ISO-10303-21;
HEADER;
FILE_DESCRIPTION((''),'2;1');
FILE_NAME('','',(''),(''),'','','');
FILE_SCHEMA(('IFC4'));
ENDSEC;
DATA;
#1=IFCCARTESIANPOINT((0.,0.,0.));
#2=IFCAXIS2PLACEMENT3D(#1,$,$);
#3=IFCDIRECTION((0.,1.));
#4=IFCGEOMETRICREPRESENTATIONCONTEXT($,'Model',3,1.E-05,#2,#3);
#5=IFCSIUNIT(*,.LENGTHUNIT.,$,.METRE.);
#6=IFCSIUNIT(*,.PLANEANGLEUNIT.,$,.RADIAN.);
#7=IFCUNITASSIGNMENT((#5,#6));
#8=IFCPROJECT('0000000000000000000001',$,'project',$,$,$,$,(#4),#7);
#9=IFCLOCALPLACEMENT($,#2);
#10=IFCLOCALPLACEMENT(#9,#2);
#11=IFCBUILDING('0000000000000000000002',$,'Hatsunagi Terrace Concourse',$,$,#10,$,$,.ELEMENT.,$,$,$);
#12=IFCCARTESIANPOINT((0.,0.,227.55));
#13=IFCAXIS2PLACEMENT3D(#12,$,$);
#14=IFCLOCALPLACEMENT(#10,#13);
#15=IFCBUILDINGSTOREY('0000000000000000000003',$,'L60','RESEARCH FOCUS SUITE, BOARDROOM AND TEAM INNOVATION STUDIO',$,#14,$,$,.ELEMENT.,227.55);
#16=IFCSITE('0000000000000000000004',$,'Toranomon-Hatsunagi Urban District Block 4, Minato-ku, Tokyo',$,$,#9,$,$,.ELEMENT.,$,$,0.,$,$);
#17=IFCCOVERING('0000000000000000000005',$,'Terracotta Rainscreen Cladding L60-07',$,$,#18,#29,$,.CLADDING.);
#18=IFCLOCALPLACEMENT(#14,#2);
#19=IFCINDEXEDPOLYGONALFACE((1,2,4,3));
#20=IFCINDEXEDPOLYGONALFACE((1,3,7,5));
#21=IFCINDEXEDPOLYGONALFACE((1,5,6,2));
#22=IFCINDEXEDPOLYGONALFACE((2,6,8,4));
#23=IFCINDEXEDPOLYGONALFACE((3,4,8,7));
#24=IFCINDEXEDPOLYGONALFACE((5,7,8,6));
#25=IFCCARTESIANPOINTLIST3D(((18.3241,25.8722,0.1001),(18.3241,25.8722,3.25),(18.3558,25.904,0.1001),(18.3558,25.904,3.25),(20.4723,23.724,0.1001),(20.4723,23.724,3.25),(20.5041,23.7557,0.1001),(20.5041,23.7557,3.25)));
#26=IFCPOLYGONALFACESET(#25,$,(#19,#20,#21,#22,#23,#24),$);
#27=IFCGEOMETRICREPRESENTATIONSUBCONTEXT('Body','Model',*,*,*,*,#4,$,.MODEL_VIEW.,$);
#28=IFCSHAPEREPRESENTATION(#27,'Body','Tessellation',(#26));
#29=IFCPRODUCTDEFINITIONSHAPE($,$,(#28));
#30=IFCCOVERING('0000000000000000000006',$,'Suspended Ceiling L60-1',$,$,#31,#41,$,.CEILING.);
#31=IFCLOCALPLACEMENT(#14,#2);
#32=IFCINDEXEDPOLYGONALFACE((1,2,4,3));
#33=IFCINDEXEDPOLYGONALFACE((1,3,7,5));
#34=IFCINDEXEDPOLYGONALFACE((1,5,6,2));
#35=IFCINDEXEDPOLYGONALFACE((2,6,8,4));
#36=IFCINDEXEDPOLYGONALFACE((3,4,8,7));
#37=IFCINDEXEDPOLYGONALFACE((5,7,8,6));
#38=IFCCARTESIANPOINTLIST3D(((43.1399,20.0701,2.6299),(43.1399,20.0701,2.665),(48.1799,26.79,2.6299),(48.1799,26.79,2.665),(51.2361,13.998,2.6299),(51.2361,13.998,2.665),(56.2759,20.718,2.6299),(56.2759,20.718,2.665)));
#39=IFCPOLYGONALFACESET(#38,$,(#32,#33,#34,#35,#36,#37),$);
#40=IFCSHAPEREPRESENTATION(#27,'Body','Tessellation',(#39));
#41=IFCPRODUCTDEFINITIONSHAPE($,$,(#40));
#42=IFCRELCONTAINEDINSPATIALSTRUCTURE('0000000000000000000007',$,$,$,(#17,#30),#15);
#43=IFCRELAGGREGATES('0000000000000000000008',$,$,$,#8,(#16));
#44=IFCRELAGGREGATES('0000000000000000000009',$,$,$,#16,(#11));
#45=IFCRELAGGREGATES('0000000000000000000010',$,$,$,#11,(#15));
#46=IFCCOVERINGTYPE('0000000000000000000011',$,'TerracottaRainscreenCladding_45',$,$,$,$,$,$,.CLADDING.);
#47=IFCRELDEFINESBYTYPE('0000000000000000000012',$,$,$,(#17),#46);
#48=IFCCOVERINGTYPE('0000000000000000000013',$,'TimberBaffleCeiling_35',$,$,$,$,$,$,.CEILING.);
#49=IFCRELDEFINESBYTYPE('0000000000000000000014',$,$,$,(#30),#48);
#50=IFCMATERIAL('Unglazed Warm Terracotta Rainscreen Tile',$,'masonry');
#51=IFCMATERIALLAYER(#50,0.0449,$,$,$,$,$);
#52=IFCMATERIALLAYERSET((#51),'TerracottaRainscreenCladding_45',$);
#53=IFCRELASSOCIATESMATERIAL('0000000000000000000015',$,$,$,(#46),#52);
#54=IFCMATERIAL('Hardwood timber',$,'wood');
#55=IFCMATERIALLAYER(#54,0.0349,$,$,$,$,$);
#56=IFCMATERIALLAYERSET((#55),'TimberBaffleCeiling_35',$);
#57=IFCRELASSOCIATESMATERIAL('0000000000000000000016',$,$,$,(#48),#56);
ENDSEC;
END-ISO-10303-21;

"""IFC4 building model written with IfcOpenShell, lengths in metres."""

from ifc_helpers import new_model, si_unit, direction, frame, origin, origin_2d, place, context, subcontext, project, spatial, polyline, rectangle, outline, extrude, material, layer, layer_set, type_object, element, save


model = new_model("IFC4")

# Units and contexts
model_context = context("Model", 3, precision=1e-05, world=origin(), true_north=direction((0.0, 1.0)))
body_context = subcontext(model_context, "Body", "Model", "MODEL_VIEW")
ifc_project = project(units=[si_unit("LENGTHUNIT", "METRE"), si_unit("PLANEANGLEUNIT", "RADIAN")], contexts=[model_context])

# Site, building, storey
site_placement = place(None, origin())
site = spatial("IfcSite", under=ifc_project, at=site_placement, Name="Toranomon-Hatsunagi Urban District Block 4, Minato-ku, Tokyo", CompositionType="ELEMENT", RefElevation=0.0)
building_placement = place(site_placement, origin())
building = spatial("IfcBuilding", under=site, at=building_placement, Name="Hatsunagi Terrace Concourse", CompositionType="ELEMENT")
storey_placement = place(building_placement, frame((0.0, 0.0, 227.55)))
storey = spatial("IfcBuildingStorey", under=building, at=storey_placement, Name="L60", Description="RESEARCH FOCUS SUITE, BOARDROOM AND TEAM INNOVATION STUDIO", CompositionType="ELEMENT", Elevation=227.55)

# Coverings
ifc_material_1 = material(Name="Unglazed Warm Terracotta Rainscreen Tile", Category="masonry")
ifc_layer_1 = layer(ifc_material_1, 0.0449)
ifc_layer_set_1 = layer_set([ifc_layer_1], Name="TerracottaRainscreenCladding_45")
covering_type_1 = type_object("IfcCoveringType", Name="TerracottaRainscreenCladding_45", PredefinedType="CLADDING", material=ifc_layer_set_1)
covering_1_placement = place(storey_placement, frame((19.4141, 24.814, 0.1001), z_axis=(0.0, 0.0, 1.0), x_axis=(-0.707107, 0.707107, 0.0)))
element("IfcCovering", 1, at=covering_1_placement, inside=storey, type_object=covering_type_1, Name="Terracotta Rainscreen Cladding L60-07", PredefinedType="CLADDING", context=body_context, shape_type="SweptSolid", body=[
    extrude(rectangle(XDim=3.0381, YDim=0.0449, at=origin_2d()), origin(), (0.0, 0.0, 1.0), 3.1499),
])
ifc_material_2 = material(Name="Hardwood timber", Category="wood")
ifc_layer_2 = layer(ifc_material_2, 0.0349)
ifc_layer_set_2 = layer_set([ifc_layer_2], Name="TimberBaffleCeiling_35")
covering_type_2 = type_object("IfcCoveringType", Name="TimberBaffleCeiling_35", PredefinedType="CEILING", material=ifc_layer_set_2)
covering_2_placement = place(storey_placement, frame((0.0, 0.0, 2.6299)))
element("IfcCovering", 2, at=covering_2_placement, inside=storey, type_object=covering_type_2, Name="Suspended Ceiling L60-1", PredefinedType="CEILING", context=body_context, shape_type="SweptSolid", body=[
    extrude(outline(polyline([(56.2759, 20.718), (48.1799, 26.79), (43.1399, 20.0701), (51.2361, 13.998), (56.2759, 20.718)])), origin(), (0.0, 0.0, 1.0), 0.0352),
])

save(model, "model.ifc")
